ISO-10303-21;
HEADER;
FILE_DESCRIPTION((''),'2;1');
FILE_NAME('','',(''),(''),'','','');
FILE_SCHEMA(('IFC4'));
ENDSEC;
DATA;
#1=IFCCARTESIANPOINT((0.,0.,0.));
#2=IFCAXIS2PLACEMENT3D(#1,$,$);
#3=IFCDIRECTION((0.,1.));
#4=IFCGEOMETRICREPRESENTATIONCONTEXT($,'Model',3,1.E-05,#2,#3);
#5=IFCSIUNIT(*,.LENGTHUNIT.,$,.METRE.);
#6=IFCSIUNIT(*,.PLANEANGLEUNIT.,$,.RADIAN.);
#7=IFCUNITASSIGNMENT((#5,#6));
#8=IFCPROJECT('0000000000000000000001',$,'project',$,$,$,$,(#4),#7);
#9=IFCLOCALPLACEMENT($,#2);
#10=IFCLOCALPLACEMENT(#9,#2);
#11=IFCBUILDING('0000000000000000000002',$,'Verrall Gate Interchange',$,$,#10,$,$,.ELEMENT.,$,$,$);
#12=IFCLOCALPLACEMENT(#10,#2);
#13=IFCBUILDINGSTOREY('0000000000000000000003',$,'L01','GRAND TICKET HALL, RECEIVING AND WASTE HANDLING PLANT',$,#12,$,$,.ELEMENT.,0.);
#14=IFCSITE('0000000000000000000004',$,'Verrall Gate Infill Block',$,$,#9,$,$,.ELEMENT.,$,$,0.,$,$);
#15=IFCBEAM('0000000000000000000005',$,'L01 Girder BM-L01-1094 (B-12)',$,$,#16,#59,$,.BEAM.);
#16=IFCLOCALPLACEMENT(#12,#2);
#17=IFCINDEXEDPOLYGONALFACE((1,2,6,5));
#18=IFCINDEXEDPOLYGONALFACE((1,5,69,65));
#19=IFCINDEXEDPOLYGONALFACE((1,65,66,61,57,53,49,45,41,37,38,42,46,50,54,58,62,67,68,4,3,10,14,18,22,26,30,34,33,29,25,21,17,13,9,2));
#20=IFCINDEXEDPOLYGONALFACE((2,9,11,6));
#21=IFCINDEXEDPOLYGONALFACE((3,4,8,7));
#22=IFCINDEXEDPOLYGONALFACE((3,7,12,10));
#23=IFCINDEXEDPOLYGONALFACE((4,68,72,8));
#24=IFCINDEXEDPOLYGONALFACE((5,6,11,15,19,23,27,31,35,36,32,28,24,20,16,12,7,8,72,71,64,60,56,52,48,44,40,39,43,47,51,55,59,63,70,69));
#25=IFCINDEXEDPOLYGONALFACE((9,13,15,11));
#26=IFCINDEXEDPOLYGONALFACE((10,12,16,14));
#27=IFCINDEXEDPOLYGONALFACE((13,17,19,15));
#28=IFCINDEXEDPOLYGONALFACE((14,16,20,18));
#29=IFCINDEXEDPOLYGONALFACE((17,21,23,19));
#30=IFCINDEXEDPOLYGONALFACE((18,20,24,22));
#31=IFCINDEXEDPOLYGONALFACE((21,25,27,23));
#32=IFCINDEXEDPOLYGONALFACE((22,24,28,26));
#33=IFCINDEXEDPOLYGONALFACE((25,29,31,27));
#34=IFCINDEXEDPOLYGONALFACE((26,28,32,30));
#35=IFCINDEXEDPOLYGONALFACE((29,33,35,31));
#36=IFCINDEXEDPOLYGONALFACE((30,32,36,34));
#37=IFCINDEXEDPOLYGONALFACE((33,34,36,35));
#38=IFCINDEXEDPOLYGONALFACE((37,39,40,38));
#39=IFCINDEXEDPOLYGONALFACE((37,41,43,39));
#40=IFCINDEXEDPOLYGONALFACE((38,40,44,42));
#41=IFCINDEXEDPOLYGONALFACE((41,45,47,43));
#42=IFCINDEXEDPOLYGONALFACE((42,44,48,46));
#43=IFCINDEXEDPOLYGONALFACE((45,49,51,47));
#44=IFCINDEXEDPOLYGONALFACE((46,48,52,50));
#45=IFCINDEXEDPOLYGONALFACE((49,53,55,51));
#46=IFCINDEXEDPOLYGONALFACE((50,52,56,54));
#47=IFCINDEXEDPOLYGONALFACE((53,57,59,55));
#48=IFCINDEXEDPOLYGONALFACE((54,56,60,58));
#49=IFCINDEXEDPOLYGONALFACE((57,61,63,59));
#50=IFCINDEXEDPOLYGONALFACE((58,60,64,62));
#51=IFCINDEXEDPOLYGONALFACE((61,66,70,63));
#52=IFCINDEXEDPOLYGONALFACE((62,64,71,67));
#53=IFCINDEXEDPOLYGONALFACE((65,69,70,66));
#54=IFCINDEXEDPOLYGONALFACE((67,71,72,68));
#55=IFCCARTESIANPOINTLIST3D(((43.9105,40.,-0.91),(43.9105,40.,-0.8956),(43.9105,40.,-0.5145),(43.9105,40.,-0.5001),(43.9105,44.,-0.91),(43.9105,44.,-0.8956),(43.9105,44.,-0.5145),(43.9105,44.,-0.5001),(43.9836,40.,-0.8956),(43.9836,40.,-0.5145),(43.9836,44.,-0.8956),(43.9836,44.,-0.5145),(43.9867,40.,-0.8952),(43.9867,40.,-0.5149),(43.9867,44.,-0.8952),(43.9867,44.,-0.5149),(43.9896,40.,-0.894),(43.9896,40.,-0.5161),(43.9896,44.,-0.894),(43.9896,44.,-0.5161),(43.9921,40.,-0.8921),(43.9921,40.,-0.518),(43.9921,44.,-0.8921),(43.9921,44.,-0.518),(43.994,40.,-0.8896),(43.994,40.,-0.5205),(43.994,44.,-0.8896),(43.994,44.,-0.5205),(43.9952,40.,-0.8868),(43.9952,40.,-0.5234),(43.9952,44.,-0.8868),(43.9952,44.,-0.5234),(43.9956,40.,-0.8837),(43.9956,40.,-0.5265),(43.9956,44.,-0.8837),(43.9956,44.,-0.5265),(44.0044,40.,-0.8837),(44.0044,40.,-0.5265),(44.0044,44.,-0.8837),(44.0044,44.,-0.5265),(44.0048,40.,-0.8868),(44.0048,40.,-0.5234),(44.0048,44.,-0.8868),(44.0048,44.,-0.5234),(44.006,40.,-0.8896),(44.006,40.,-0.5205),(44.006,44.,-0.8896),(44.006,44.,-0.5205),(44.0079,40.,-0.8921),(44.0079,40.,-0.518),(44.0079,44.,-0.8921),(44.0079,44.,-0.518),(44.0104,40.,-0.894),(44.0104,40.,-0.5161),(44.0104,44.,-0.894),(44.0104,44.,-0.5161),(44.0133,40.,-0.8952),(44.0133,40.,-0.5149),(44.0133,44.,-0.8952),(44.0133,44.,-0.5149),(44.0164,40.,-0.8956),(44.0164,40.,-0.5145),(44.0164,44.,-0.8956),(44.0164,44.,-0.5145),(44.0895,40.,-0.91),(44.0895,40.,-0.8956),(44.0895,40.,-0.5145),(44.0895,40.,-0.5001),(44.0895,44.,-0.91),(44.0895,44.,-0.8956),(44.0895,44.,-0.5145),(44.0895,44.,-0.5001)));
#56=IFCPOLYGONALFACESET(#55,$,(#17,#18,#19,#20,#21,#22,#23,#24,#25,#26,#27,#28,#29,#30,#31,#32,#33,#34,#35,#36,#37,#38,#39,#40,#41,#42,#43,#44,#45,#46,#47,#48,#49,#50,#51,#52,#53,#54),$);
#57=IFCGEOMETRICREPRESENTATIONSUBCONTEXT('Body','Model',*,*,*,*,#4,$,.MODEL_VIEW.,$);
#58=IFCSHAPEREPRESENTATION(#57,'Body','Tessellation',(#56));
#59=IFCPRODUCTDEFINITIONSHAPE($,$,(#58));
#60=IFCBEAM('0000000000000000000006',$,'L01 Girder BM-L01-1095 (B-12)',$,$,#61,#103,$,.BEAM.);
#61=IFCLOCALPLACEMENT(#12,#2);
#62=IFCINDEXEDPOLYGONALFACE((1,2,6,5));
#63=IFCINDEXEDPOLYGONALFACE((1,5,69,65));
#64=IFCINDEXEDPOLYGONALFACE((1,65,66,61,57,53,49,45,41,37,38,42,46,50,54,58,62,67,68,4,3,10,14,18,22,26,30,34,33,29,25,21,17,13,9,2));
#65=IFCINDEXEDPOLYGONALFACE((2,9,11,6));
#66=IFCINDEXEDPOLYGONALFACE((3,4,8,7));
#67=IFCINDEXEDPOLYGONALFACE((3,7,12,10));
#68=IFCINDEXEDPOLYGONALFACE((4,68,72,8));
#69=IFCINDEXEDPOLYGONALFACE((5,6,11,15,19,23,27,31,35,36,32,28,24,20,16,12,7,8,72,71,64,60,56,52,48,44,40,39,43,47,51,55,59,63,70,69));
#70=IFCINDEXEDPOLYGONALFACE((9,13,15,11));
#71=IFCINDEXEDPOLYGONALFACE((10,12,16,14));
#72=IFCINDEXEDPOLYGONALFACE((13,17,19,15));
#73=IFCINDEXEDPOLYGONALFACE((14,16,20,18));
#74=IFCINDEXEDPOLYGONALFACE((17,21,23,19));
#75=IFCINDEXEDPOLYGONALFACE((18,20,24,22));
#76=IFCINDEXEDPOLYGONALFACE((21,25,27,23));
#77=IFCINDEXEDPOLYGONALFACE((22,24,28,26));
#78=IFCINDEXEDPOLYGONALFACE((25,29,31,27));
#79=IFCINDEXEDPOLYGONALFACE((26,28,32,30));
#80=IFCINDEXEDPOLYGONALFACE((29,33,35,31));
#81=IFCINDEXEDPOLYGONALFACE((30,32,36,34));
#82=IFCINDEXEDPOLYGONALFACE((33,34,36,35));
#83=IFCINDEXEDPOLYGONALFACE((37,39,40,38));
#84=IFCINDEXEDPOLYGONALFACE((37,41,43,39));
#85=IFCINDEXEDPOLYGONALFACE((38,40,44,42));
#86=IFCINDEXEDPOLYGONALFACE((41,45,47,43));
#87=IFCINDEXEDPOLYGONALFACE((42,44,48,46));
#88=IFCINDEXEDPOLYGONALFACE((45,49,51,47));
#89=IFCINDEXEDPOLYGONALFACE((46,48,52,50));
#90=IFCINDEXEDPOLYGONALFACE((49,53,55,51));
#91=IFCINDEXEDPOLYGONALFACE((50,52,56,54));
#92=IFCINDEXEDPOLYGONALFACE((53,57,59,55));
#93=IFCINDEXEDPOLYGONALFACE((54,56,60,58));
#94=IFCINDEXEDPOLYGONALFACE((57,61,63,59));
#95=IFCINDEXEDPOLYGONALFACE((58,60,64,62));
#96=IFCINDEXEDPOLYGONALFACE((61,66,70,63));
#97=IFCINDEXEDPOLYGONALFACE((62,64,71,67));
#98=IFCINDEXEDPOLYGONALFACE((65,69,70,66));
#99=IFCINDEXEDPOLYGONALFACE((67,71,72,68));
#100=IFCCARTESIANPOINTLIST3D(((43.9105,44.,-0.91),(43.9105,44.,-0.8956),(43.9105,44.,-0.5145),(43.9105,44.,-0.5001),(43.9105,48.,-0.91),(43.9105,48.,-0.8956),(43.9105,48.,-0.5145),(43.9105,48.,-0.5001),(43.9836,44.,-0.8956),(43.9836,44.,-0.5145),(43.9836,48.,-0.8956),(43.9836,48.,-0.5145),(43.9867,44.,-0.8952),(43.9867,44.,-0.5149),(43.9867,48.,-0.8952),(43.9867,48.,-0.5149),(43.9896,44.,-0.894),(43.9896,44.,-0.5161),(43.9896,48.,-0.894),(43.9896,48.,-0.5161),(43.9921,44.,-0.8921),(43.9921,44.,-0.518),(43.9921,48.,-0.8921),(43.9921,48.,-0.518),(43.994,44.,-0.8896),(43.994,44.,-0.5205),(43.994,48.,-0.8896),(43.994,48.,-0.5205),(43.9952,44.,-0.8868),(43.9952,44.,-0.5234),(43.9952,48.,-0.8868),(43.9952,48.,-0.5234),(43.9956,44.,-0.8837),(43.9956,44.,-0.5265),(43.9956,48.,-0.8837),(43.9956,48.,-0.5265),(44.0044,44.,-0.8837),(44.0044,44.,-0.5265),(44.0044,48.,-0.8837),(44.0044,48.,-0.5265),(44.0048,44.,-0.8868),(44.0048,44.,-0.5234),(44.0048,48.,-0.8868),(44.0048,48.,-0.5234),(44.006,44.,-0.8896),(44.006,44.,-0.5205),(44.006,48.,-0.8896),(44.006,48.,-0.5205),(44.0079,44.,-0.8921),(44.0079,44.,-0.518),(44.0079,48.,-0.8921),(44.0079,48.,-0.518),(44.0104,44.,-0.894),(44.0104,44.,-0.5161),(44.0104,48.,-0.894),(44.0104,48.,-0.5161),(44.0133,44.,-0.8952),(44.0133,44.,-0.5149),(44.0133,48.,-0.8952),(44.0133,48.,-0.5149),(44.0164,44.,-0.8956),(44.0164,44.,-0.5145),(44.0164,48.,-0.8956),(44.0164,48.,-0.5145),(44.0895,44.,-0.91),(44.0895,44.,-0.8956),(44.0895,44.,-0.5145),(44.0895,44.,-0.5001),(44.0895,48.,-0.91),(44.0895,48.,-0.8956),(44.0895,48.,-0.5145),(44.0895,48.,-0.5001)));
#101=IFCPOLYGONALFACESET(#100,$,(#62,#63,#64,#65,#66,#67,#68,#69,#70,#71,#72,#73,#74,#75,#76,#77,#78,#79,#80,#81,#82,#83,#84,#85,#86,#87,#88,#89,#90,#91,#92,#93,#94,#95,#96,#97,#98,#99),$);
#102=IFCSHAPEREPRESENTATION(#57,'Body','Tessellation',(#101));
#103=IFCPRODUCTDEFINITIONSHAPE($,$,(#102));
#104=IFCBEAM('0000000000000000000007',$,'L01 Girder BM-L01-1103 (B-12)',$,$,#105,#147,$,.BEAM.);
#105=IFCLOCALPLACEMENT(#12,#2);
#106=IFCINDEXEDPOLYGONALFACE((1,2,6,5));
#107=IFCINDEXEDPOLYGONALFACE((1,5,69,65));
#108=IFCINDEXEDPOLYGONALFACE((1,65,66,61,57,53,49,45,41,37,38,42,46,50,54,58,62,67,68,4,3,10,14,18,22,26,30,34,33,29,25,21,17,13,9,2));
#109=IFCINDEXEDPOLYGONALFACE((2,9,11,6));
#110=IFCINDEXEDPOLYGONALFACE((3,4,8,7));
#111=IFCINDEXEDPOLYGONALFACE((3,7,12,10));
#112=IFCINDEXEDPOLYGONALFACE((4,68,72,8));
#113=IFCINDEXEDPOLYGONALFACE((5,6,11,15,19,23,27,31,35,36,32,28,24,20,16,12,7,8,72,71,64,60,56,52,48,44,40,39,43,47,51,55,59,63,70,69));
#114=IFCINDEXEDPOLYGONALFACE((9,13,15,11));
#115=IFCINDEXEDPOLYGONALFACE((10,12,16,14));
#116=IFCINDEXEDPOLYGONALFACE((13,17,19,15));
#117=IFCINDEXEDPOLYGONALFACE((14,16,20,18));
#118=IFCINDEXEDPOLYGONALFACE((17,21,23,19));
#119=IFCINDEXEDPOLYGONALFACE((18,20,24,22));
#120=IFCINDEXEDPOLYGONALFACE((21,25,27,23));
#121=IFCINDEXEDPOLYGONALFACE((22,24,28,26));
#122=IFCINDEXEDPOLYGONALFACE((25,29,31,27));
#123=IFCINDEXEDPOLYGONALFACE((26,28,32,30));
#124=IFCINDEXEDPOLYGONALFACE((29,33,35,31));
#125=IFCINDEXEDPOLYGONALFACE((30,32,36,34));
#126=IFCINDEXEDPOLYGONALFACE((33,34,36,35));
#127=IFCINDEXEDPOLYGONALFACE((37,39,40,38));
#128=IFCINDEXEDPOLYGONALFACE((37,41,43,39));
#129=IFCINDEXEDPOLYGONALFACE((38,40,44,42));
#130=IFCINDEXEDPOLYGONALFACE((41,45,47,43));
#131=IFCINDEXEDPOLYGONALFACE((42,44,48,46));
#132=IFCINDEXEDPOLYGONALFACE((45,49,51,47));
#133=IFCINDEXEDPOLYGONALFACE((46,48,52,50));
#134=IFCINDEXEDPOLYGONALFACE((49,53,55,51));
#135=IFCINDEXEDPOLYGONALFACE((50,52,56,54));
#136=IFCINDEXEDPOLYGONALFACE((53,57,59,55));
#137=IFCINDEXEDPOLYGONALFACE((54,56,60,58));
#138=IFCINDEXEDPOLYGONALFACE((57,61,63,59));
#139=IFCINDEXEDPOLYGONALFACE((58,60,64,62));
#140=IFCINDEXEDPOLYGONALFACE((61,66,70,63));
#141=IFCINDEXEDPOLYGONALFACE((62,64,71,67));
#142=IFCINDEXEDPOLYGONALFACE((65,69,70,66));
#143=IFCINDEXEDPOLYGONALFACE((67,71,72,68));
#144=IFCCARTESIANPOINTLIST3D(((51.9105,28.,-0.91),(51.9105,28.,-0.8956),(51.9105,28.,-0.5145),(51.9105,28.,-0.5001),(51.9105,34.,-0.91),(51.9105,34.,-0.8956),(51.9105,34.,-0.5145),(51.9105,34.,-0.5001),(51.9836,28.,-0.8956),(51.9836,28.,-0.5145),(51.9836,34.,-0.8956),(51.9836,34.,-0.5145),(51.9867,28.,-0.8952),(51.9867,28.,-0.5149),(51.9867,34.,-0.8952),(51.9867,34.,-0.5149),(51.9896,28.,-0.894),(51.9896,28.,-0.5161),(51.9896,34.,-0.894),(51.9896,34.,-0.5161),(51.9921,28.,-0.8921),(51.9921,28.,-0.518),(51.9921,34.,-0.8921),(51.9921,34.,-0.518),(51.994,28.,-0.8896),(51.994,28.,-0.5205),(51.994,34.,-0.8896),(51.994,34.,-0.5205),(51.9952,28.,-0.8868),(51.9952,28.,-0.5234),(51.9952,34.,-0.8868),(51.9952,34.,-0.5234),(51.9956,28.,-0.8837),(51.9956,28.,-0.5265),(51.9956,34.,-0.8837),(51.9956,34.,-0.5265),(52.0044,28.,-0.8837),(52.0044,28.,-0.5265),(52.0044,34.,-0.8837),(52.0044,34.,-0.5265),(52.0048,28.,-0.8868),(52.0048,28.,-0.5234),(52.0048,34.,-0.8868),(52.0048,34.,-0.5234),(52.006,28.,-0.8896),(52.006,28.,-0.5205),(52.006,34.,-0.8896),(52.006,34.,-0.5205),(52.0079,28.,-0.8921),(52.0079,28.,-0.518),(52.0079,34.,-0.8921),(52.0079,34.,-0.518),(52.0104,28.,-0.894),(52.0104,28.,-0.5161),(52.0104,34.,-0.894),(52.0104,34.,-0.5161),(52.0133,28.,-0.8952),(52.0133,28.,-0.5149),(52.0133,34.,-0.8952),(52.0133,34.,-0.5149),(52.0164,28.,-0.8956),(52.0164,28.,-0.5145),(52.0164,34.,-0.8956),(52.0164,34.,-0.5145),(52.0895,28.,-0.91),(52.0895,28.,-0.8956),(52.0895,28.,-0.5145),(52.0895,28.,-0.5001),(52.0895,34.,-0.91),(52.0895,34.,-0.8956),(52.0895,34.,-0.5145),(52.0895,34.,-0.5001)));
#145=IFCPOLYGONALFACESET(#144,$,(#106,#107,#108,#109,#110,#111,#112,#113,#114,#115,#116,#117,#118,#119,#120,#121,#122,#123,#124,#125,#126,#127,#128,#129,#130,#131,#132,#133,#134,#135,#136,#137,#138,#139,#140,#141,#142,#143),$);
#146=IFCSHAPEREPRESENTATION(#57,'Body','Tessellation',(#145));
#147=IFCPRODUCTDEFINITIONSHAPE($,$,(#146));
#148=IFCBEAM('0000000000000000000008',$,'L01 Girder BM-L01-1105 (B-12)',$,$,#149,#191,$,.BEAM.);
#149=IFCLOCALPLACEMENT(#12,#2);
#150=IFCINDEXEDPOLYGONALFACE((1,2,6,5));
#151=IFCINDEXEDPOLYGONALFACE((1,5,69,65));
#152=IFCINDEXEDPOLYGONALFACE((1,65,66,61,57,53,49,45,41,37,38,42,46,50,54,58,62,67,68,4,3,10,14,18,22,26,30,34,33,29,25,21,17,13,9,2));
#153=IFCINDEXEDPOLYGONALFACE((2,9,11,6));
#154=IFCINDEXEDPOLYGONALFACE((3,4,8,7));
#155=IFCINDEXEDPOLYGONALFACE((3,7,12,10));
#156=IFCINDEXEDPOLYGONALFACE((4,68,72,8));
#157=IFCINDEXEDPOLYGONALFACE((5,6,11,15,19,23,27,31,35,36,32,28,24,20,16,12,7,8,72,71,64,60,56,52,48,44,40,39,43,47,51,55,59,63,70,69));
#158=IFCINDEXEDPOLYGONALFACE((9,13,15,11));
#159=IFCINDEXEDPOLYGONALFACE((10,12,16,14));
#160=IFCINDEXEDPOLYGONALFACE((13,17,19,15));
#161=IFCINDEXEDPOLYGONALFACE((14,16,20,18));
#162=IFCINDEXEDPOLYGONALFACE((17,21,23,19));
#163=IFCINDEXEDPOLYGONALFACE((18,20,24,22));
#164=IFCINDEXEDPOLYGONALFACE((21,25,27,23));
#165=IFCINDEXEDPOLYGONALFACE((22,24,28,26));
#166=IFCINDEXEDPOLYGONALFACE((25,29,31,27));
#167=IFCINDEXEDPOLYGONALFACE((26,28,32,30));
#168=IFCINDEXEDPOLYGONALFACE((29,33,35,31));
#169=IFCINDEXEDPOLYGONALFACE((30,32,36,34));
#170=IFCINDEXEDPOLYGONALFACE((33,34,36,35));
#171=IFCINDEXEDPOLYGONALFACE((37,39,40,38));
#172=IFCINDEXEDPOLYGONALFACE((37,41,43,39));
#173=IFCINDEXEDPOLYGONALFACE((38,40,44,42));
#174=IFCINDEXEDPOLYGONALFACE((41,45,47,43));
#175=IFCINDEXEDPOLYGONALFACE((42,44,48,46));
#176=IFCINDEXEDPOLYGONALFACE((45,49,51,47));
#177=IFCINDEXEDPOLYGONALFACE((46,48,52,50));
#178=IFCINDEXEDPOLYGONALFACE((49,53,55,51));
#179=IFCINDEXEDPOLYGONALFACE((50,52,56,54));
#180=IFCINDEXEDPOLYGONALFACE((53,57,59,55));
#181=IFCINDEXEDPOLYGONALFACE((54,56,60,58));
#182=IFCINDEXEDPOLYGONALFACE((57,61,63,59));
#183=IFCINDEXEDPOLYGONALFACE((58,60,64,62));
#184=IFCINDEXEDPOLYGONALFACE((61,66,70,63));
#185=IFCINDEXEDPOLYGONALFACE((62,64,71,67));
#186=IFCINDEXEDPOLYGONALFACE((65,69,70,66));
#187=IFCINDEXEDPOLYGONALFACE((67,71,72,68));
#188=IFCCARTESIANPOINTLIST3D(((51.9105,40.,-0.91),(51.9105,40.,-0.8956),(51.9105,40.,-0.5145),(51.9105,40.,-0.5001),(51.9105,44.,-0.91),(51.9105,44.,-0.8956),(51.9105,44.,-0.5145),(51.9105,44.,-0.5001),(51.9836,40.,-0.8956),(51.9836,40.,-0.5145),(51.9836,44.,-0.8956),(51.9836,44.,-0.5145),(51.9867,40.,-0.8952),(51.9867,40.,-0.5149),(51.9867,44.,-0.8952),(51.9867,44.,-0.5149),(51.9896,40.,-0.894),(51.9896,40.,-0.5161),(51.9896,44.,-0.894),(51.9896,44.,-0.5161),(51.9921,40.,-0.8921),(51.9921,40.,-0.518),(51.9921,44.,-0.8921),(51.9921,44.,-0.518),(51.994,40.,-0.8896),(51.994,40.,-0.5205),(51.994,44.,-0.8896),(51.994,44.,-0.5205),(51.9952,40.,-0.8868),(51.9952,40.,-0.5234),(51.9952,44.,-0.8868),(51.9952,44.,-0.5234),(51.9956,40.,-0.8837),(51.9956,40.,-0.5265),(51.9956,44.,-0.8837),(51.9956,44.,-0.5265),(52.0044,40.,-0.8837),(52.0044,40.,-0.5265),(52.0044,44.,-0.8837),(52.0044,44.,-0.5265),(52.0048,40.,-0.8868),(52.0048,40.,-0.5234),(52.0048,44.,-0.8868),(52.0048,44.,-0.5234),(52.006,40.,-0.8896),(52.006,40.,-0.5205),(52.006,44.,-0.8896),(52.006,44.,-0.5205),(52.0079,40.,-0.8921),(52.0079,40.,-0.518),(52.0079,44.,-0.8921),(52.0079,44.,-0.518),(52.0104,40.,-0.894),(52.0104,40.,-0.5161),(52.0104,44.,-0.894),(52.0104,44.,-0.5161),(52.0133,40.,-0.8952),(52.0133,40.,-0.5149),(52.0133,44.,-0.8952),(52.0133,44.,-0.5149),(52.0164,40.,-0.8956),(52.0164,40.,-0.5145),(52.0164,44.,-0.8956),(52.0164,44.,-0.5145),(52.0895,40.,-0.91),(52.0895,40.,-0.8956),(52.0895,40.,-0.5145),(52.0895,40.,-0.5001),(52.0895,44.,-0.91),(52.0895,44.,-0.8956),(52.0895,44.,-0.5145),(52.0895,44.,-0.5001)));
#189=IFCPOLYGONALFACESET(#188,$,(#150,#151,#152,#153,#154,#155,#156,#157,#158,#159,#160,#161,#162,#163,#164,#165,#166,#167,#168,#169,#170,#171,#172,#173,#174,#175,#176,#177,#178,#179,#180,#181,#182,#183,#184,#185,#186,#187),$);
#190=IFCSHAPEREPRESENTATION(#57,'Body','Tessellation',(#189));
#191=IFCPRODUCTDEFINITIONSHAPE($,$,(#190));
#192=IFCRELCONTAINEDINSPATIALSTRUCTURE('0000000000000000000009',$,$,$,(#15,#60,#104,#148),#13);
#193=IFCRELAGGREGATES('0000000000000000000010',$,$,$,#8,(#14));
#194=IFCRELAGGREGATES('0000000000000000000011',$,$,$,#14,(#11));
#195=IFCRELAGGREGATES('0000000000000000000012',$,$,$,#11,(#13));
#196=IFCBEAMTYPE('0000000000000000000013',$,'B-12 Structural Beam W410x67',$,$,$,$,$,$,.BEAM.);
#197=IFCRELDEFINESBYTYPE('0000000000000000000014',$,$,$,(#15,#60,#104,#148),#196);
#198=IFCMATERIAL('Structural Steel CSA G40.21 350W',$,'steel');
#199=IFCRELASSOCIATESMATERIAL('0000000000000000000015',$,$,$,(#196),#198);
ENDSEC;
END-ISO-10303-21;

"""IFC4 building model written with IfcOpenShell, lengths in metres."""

from ifc_helpers import new_model, si_unit, direction, frame, origin, origin_2d, place, context, subcontext, project, spatial, i_section, extrude, material, material_profile, profile_set, type_object, element, save


model = new_model("IFC4")

# Units and contexts
model_context = context("Model", 3, precision=1e-05, world=origin(), true_north=direction((0.0, 1.0)))
body_context = subcontext(model_context, "Body", "Model", "MODEL_VIEW")
ifc_project = project(units=[si_unit("LENGTHUNIT", "METRE"), si_unit("PLANEANGLEUNIT", "RADIAN")], contexts=[model_context])

# Site, building, storey
site_placement = place(None, origin())
site = spatial("IfcSite", under=ifc_project, at=site_placement, Name="Verrall Gate Infill Block", CompositionType="ELEMENT", RefElevation=0.0)
building_placement = place(site_placement, origin())
building = spatial("IfcBuilding", under=site, at=building_placement, Name="Verrall Gate Interchange", CompositionType="ELEMENT")
storey_placement = place(building_placement, origin())
storey = spatial("IfcBuildingStorey", under=building, at=storey_placement, Name="L01", Description="GRAND TICKET HALL, RECEIVING AND WASTE HANDLING PLANT", CompositionType="ELEMENT", Elevation=0.0)

# Beams
ifc_material_1 = material(Name="Structural Steel CSA G40.21 350W", Category="steel")
ifc_material_profile_1 = material_profile(ifc_material_1, i_section(OverallWidth=0.179, OverallDepth=0.4099, WebThickness=0.0088, FlangeThickness=0.0144, FilletRadius=0.012, at=origin_2d()), Name="W410x67")
ifc_profile_set_1 = profile_set([ifc_material_profile_1], Name="Structural Steel CSA G40.21 350W")
beam_type_1 = type_object("IfcBeamType", Name="B-12 Structural Beam W410x67", PredefinedType="BEAM", material=ifc_profile_set_1)
for number, where, z_axis, x_axis, name in (
    (1, (44.0, 40.0, -0.7051), (0.0, 1.0, 0.0), (-1.0, 0.0, 0.0), "L01 Girder BM-L01-1094 (B-12)"),
    (2, (44.0, 44.0, -0.7051), (0.0, 1.0, 0.0), (-1.0, 0.0, 0.0), "L01 Girder BM-L01-1095 (B-12)"),
):
    element("IfcBeam", number, at=place(storey_placement, frame(where, z_axis=z_axis, x_axis=x_axis)), inside=storey, type_object=beam_type_1, Name=name, PredefinedType="BEAM", context=body_context, shape_type="SweptSolid", body=[
        extrude(i_section(OverallWidth=0.179, OverallDepth=0.4099, WebThickness=0.0088, FlangeThickness=0.0144, FilletRadius=0.012, at=origin_2d()), origin(), (0.0, 0.0, 1.0), 4.0),
    ])
beam_1_placement = place(storey_placement, frame((52.0, 28.0, -0.7051), z_axis=(0.0, 1.0, 0.0), x_axis=(-1.0, 0.0, 0.0)))
element("IfcBeam", 3, at=beam_1_placement, inside=storey, type_object=beam_type_1, Name="L01 Girder BM-L01-1103 (B-12)", PredefinedType="BEAM", context=body_context, shape_type="SweptSolid", body=[
    extrude(i_section(OverallWidth=0.179, OverallDepth=0.4099, WebThickness=0.0088, FlangeThickness=0.0144, FilletRadius=0.012, at=origin_2d()), origin(), (0.0, 0.0, 1.0), 6.0),
])
for number, where, z_axis, x_axis, name in (
    (4, (52.0, 40.0, -0.7051), (0.0, 1.0, 0.0), (-1.0, 0.0, 0.0), "L01 Girder BM-L01-1105 (B-12)"),
):
    element("IfcBeam", number, at=place(storey_placement, frame(where, z_axis=z_axis, x_axis=x_axis)), inside=storey, type_object=beam_type_1, Name=name, PredefinedType="BEAM", context=body_context, shape_type="SweptSolid", body=[
        extrude(i_section(OverallWidth=0.179, OverallDepth=0.4099, WebThickness=0.0088, FlangeThickness=0.0144, FilletRadius=0.012, at=origin_2d()), origin(), (0.0, 0.0, 1.0), 4.0),
    ])

save(model, "model.ifc")
